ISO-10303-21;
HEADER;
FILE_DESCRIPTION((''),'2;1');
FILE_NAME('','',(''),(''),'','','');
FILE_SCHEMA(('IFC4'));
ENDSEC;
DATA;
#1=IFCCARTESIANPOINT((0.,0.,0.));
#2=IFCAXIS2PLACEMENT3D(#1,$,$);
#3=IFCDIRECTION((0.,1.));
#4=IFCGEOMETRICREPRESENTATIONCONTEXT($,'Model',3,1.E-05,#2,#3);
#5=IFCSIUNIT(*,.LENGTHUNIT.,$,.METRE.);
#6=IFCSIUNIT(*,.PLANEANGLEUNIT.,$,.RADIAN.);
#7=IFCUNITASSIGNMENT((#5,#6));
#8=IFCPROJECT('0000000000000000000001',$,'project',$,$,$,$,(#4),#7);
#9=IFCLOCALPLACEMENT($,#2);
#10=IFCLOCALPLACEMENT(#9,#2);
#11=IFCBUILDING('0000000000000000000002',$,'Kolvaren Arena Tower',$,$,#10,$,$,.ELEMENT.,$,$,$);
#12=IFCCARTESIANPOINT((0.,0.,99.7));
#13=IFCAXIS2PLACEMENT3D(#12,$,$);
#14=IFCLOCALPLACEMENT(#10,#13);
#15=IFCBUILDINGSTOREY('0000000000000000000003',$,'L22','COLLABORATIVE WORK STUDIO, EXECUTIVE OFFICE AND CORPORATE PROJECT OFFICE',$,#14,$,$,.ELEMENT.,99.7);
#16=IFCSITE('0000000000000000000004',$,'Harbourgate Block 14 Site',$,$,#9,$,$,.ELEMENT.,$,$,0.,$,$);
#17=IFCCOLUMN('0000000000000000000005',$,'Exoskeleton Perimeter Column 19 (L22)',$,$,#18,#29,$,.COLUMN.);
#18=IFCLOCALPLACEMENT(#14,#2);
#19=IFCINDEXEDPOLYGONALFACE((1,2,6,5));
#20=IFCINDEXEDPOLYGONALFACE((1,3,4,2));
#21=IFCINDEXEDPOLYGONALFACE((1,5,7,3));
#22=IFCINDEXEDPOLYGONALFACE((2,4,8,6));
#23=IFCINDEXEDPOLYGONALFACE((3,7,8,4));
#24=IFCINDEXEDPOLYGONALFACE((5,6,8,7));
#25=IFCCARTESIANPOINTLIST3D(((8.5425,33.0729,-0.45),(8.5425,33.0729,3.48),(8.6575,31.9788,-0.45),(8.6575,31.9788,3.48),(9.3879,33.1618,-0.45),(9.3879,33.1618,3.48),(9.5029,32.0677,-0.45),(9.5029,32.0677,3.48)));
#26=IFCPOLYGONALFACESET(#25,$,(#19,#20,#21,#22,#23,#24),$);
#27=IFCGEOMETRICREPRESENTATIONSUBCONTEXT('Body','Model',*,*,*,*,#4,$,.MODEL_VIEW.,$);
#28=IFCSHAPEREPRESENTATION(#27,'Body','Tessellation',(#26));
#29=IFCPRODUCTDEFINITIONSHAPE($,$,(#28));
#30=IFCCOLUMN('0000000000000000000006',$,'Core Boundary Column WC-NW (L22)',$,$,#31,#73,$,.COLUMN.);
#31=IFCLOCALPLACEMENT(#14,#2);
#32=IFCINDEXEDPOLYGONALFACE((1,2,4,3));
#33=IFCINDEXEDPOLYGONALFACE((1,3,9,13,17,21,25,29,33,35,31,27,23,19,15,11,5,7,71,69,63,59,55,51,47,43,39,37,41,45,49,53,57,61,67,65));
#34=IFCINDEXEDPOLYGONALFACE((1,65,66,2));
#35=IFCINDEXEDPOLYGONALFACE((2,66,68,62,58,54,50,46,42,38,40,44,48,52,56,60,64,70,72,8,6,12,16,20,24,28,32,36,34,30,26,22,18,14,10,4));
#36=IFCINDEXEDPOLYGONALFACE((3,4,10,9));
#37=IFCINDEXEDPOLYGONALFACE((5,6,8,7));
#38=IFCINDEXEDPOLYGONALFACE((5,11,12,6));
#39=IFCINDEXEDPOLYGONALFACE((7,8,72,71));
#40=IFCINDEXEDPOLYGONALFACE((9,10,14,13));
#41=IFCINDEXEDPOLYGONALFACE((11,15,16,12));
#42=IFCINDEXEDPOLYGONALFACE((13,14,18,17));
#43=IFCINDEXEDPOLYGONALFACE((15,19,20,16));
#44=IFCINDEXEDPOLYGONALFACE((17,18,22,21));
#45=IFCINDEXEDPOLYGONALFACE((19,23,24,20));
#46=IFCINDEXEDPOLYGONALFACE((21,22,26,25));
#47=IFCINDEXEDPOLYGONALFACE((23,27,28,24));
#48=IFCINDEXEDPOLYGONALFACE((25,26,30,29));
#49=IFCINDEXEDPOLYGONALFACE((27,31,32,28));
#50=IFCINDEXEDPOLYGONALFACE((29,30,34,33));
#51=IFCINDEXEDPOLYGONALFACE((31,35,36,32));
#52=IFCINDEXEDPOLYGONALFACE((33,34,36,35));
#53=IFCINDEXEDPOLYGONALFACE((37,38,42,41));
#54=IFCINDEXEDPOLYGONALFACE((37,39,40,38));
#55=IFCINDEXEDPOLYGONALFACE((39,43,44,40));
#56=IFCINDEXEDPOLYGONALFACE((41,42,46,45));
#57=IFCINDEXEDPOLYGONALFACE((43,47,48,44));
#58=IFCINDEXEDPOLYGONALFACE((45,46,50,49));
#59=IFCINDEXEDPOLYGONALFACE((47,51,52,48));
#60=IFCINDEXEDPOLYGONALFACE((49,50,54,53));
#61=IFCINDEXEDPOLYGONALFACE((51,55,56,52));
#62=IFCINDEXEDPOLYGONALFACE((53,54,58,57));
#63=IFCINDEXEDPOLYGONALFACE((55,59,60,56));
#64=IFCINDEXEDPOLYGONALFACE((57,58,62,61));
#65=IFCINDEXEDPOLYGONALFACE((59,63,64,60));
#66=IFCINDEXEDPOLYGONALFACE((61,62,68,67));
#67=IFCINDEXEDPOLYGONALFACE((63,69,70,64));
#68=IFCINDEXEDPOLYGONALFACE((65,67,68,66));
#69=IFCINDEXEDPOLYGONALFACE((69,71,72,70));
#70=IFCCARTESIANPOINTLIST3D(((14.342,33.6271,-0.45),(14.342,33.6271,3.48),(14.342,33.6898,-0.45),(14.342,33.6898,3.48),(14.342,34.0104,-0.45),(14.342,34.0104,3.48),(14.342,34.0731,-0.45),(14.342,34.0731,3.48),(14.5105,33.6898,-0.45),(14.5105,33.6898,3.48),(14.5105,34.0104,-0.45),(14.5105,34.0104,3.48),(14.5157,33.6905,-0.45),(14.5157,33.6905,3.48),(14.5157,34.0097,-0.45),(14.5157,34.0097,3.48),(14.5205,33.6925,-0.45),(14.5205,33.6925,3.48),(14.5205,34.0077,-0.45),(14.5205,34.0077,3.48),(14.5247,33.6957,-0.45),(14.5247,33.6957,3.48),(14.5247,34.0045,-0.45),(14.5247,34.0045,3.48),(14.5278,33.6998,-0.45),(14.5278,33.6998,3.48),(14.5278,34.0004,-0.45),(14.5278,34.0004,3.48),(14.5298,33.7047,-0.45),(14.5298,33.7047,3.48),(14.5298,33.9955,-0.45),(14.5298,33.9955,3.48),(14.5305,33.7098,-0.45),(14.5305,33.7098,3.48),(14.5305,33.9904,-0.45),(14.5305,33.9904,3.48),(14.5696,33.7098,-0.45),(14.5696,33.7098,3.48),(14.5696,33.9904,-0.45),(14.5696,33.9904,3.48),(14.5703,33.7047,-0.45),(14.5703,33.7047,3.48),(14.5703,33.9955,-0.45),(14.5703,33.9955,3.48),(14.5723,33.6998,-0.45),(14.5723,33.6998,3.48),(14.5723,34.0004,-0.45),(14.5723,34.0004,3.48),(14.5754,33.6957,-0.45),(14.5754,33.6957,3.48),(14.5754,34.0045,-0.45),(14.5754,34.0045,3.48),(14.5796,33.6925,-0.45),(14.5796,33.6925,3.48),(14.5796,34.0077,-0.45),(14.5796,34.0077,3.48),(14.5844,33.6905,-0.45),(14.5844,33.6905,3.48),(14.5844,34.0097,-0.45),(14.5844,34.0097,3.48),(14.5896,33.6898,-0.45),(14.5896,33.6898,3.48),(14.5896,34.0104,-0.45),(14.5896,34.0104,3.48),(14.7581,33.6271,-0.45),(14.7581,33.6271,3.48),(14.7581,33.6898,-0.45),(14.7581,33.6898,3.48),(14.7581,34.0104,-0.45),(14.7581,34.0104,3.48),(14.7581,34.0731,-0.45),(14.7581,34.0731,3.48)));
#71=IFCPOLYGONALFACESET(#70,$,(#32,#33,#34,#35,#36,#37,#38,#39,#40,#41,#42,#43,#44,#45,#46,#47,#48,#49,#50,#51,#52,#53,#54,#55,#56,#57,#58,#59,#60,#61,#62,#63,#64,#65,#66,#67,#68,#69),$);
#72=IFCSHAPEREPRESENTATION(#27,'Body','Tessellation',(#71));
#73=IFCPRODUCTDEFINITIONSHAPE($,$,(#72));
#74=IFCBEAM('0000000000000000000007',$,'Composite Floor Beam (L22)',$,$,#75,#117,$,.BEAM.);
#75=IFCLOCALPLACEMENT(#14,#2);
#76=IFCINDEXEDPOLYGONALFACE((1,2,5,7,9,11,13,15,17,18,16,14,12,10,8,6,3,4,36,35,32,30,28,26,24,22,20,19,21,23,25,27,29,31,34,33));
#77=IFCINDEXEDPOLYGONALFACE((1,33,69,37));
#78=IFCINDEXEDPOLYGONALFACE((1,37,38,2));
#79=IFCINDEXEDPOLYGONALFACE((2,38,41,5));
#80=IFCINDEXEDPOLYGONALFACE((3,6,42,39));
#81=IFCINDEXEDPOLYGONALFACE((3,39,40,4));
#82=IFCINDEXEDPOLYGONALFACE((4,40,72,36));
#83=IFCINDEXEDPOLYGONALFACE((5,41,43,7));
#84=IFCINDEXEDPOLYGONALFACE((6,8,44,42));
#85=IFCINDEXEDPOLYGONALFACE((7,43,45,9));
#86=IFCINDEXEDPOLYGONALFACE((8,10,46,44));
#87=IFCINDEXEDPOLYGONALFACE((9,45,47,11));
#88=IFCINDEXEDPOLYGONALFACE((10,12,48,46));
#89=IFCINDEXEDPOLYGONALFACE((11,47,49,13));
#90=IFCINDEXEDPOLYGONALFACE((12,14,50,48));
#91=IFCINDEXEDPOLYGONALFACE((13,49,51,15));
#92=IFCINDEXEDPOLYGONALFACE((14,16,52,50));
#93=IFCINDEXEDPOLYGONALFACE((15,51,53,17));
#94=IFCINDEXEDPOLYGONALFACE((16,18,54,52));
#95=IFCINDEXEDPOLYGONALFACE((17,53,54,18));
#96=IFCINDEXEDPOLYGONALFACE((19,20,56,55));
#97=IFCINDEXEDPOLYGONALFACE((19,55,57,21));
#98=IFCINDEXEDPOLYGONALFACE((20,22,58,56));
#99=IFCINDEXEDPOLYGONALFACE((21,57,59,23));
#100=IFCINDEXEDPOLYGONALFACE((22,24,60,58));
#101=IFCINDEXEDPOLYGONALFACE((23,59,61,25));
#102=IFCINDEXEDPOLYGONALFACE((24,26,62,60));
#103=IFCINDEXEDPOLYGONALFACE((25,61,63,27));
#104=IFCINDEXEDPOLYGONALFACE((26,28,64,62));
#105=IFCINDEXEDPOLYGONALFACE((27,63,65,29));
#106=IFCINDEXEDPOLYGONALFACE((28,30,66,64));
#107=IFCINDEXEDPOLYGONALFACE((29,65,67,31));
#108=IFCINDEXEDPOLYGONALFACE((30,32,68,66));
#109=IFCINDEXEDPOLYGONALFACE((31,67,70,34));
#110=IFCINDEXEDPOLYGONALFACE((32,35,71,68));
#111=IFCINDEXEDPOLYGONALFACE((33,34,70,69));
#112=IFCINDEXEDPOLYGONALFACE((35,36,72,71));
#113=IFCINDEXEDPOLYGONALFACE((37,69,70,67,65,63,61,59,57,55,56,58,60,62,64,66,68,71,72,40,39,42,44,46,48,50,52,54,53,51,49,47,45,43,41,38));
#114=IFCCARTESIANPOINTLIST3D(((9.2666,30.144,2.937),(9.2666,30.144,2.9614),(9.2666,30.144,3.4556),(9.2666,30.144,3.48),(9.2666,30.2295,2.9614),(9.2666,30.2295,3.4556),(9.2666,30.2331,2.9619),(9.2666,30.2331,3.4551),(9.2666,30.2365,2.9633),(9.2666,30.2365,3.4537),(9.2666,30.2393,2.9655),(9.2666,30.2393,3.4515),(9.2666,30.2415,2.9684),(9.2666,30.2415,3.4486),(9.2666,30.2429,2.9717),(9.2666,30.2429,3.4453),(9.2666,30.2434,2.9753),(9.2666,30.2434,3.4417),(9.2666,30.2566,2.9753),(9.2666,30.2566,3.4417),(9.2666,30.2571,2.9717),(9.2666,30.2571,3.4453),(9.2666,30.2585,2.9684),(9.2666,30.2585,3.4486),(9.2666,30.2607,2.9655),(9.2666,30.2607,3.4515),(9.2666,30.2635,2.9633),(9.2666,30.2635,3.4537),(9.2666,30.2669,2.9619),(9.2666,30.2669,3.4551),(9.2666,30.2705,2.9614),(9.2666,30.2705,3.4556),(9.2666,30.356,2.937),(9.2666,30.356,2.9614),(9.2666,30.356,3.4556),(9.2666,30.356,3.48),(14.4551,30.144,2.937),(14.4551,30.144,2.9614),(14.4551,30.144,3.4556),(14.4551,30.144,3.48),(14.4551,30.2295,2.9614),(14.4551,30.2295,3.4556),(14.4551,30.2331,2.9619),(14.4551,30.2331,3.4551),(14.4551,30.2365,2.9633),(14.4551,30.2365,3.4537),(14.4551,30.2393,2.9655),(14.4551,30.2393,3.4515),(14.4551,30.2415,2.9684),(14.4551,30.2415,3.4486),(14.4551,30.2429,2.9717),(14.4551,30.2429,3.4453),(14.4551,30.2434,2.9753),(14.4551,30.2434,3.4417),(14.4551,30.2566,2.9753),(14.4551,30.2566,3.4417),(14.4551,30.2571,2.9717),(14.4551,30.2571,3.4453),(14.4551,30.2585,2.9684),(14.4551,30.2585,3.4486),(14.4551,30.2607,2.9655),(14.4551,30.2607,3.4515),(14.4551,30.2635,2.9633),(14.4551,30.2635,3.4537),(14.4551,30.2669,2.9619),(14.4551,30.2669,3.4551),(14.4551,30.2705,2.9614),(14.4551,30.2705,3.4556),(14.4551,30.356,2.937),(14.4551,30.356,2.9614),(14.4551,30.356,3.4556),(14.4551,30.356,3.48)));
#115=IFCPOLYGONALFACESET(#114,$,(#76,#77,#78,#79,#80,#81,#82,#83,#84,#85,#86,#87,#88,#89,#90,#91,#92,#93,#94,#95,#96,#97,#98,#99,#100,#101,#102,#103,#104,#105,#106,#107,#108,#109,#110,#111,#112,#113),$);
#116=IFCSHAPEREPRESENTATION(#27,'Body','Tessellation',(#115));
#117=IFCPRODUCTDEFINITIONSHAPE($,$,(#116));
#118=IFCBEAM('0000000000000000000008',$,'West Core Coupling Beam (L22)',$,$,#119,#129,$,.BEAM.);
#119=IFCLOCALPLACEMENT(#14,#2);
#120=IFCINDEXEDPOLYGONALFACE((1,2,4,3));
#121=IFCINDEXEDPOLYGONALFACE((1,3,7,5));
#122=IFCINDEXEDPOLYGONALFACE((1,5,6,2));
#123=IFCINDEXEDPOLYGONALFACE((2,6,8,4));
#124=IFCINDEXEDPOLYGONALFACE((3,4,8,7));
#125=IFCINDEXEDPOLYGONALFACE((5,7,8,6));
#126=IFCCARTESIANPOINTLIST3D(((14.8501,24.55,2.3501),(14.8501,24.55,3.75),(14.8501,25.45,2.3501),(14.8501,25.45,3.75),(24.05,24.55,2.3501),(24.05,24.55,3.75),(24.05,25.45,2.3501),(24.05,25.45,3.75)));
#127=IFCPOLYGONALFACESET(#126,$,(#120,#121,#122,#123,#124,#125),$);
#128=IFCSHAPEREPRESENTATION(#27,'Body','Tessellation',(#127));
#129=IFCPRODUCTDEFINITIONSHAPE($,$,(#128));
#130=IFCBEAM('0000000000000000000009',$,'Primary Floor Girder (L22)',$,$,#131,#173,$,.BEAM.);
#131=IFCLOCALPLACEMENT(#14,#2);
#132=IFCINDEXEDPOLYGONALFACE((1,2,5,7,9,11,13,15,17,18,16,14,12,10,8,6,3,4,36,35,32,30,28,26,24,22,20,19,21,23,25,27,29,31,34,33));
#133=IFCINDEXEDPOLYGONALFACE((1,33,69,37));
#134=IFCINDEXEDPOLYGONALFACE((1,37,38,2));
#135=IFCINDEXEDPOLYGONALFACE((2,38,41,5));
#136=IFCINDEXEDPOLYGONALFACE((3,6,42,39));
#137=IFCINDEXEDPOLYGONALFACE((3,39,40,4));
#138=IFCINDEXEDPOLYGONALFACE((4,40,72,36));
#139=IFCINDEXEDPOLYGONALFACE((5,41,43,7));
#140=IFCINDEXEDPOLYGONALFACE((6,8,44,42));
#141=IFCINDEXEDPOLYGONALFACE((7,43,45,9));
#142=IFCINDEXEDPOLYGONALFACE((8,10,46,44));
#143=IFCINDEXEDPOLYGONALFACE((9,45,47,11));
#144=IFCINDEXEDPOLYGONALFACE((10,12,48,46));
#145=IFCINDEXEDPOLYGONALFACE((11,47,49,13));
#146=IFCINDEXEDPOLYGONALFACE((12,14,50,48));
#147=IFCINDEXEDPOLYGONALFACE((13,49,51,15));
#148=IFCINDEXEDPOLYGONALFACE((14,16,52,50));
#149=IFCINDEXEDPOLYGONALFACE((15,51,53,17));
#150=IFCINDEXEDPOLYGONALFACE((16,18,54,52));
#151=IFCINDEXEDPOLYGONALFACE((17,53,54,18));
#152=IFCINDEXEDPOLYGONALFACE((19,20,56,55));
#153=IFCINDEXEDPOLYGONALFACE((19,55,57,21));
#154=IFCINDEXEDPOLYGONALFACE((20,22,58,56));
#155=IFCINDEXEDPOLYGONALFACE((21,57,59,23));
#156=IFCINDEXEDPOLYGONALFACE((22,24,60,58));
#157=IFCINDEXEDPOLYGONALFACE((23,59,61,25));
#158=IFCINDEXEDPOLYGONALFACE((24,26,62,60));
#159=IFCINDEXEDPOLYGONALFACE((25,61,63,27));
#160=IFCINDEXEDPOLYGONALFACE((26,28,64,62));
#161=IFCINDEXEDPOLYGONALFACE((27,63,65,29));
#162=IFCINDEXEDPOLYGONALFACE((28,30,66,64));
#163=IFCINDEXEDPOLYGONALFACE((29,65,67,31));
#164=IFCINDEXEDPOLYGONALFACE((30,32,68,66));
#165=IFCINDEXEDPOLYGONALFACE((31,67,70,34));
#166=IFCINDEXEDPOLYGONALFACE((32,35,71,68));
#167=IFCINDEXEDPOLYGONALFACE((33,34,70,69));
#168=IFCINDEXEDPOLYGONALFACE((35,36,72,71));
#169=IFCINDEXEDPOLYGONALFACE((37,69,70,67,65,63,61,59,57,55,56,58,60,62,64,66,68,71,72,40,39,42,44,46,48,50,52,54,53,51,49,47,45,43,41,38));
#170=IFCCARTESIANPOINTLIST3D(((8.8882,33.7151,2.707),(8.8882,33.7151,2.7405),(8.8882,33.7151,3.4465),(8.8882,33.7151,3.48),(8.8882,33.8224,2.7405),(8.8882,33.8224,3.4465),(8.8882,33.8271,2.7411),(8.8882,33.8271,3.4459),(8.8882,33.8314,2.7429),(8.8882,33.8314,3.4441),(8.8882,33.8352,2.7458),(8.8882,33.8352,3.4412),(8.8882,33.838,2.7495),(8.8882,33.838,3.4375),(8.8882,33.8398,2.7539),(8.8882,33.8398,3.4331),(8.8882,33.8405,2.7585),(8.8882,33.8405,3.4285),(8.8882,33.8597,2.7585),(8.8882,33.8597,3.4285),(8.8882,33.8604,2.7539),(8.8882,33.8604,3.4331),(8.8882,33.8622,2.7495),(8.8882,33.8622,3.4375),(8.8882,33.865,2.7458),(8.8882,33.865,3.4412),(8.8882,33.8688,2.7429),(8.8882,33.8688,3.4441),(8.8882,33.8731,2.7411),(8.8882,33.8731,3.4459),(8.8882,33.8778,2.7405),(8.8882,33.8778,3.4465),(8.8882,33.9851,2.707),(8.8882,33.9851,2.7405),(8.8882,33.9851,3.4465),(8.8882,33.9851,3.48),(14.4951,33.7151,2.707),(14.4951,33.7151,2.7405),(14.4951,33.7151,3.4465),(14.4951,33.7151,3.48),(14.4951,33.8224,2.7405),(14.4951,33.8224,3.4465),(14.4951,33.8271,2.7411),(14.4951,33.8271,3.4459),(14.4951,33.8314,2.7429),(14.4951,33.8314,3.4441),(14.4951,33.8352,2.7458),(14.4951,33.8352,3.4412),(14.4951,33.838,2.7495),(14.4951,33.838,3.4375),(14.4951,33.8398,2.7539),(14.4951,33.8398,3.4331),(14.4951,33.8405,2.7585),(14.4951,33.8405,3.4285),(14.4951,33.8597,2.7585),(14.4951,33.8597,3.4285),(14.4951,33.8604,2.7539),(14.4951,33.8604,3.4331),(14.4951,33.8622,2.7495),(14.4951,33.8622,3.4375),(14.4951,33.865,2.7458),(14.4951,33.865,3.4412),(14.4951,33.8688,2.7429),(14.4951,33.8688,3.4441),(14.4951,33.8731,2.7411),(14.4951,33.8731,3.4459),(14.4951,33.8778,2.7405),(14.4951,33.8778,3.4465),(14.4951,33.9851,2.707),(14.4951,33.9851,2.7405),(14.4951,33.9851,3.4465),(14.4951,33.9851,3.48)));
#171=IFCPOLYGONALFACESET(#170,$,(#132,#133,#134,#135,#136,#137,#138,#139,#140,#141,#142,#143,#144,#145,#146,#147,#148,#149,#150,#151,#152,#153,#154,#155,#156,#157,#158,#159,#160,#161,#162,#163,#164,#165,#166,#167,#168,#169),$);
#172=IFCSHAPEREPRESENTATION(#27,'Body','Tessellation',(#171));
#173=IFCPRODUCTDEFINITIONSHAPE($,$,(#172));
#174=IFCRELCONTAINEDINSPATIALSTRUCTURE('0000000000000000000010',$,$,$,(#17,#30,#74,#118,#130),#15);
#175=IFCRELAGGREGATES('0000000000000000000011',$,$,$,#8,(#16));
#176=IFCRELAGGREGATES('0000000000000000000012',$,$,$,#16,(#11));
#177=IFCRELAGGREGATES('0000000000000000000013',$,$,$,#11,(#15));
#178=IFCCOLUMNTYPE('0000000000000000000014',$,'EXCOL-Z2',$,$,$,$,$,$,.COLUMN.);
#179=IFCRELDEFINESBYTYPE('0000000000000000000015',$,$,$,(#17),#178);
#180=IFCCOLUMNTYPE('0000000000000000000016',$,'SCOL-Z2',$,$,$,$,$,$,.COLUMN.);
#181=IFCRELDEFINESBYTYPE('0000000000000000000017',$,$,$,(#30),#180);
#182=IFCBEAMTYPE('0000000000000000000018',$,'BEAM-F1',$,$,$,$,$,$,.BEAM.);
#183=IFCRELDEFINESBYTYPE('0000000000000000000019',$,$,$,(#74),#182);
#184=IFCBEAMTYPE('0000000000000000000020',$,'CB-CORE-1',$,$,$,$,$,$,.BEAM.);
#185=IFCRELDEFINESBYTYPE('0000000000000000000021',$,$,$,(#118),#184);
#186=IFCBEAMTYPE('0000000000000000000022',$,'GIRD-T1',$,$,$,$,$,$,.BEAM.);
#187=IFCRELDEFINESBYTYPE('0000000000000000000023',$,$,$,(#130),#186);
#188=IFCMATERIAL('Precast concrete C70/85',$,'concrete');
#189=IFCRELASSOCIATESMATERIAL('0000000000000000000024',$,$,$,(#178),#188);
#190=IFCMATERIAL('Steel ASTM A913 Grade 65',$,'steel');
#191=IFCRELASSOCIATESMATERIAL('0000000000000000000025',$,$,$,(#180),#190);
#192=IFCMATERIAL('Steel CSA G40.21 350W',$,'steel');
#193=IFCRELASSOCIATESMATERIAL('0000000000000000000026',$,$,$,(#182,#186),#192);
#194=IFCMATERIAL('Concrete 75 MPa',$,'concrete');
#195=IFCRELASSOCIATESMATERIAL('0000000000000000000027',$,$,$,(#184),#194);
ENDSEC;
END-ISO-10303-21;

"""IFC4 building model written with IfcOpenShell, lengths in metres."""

from ifc_helpers import new_model, si_unit, direction, frame, origin, origin_2d, place, context, subcontext, project, spatial, rectangle, i_section, extrude, material, material_profile, profile_set, type_object, element, save


model = new_model("IFC4")

# Units and contexts
model_context = context("Model", 3, precision=1e-05, world=origin(), true_north=direction((0.0, 1.0)))
body_context = subcontext(model_context, "Body", "Model", "MODEL_VIEW")
ifc_project = project(units=[si_unit("LENGTHUNIT", "METRE"), si_unit("PLANEANGLEUNIT", "RADIAN")], contexts=[model_context])

# Site, building, storey
site_placement = place(None, origin())
site = spatial("IfcSite", under=ifc_project, at=site_placement, Name="Harbourgate Block 14 Site", CompositionType="ELEMENT", RefElevation=0.0)
building_placement = place(site_placement, origin())
building = spatial("IfcBuilding", under=site, at=building_placement, Name="Kolvaren Arena Tower", CompositionType="ELEMENT")
storey_placement = place(building_placement, frame((0.0, 0.0, 99.7)))
storey = spatial("IfcBuildingStorey", under=building, at=storey_placement, Name="L22", Description="COLLABORATIVE WORK STUDIO, EXECUTIVE OFFICE AND CORPORATE PROJECT OFFICE", CompositionType="ELEMENT", Elevation=99.7)

# Columns
ifc_material_1 = material(Name="Precast concrete C70/85", Category="concrete")
ifc_material_profile_1 = material_profile(ifc_material_1, rectangle(XDim=1.1001, YDim=0.8501, at=origin_2d()), Name="RC-1100x850")
ifc_profile_set_1 = profile_set([ifc_material_profile_1], Name="Precast concrete C70/85")
column_type_1 = type_object("IfcColumnType", Name="EXCOL-Z2", PredefinedType="COLUMN", material=ifc_profile_set_1)
column_1_placement = place(storey_placement, frame((9.0227, 32.5703, -0.45), z_axis=(0.0, 0.0, 1.0), x_axis=(-0.104528, 0.994522, 0.0)))
element("IfcColumn", 1, at=column_1_placement, inside=storey, type_object=column_type_1, Name="Exoskeleton Perimeter Column 19 (L22)", PredefinedType="COLUMN", context=body_context, shape_type="SweptSolid", body=[
    extrude(rectangle(XDim=1.1001, YDim=0.8501, at=origin_2d()), origin(), (0.0, 0.0, 1.0), 3.9299),
])
ifc_material_2 = material(Name="Steel ASTM A913 Grade 65", Category="steel")
ifc_material_profile_2 = material_profile(ifc_material_2, i_section(OverallWidth=0.416, OverallDepth=0.446, WebThickness=0.0391, FlangeThickness=0.0627, FilletRadius=0.02, at=origin_2d()), Name="W360x509")
ifc_profile_set_2 = profile_set([ifc_material_profile_2], Name="Steel ASTM A913 Grade 65")
column_type_2 = type_object("IfcColumnType", Name="SCOL-Z2", PredefinedType="COLUMN", material=ifc_profile_set_2)
column_2_placement = place(storey_placement, frame((14.55, 33.8501, -0.45), z_axis=(0.0, 0.0, 1.0), x_axis=(1.0, 0.0, 0.0)))
element("IfcColumn", 2, at=column_2_placement, inside=storey, type_object=column_type_2, Name="Core Boundary Column WC-NW (L22)", PredefinedType="COLUMN", context=body_context, shape_type="SweptSolid", body=[
    extrude(i_section(OverallWidth=0.416, OverallDepth=0.446, WebThickness=0.0391, FlangeThickness=0.0627, FilletRadius=0.02, at=origin_2d()), origin(), (0.0, 0.0, 1.0), 3.9299),
])

# Beams
ifc_material_3 = material(Name="Steel CSA G40.21 350W", Category="steel")
ifc_material_profile_3 = material_profile(ifc_material_3, i_section(OverallWidth=0.2119, OverallDepth=0.543, WebThickness=0.0132, FlangeThickness=0.0244, FilletRadius=0.0139, at=origin_2d()), Name="W530x150")
ifc_profile_set_3 = profile_set([ifc_material_profile_3], Name="Steel CSA G40.21 350W")
beam_type_1 = type_object("IfcBeamType", Name="BEAM-F1", PredefinedType="BEAM", material=ifc_profile_set_3)
beam_1_placement = place(storey_placement, frame((9.2666, 30.25, 3.2085), z_axis=(1.0, 0.0, 0.0), x_axis=(0.0, 1.0, 0.0)))
element("IfcBeam", 3, at=beam_1_placement, inside=storey, type_object=beam_type_1, Name="Composite Floor Beam (L22)", PredefinedType="BEAM", context=body_context, shape_type="SweptSolid", body=[
    extrude(i_section(OverallWidth=0.2119, OverallDepth=0.543, WebThickness=0.0132, FlangeThickness=0.0244, FilletRadius=0.0139, at=origin_2d()), origin(), (0.0, 0.0, 1.0), 5.1885),
])
ifc_material_4 = material(Name="Concrete 75 MPa", Category="concrete")
ifc_material_profile_4 = material_profile(ifc_material_4, rectangle(XDim=0.8999, YDim=1.3999, at=origin_2d()), Name="RC-900x1400")
ifc_profile_set_4 = profile_set([ifc_material_profile_4], Name="Concrete 75 MPa")
beam_type_2 = type_object("IfcBeamType", Name="CB-CORE-1", PredefinedType="BEAM", material=ifc_profile_set_4)
beam_2_placement = place(storey_placement, frame((14.8501, 25.0, 3.05), z_axis=(1.0, 0.0, 0.0), x_axis=(0.0, 1.0, 0.0)))
element("IfcBeam", 4, at=beam_2_placement, inside=storey, type_object=beam_type_2, Name="West Core Coupling Beam (L22)", PredefinedType="BEAM", context=body_context, shape_type="SweptSolid", body=[
    extrude(rectangle(XDim=0.8999, YDim=1.3999, at=origin_2d()), origin(), (0.0, 0.0, 1.0), 9.2),
])
ifc_material_profile_5 = material_profile(ifc_material_3, i_section(OverallWidth=0.27, OverallDepth=0.7729, WebThickness=0.0193, FlangeThickness=0.0334, FilletRadius=0.0181, at=origin_2d()), Name="W760x257")
ifc_profile_set_5 = profile_set([ifc_material_profile_5], Name="Steel CSA G40.21 350W")
beam_type_3 = type_object("IfcBeamType", Name="GIRD-T1", PredefinedType="BEAM", material=ifc_profile_set_5)
beam_3_placement = place(storey_placement, frame((8.8882, 33.8501, 3.0935), z_axis=(1.0, 0.0, 0.0), x_axis=(0.0, 1.0, 0.0)))
element("IfcBeam", 5, at=beam_3_placement, inside=storey, type_object=beam_type_3, Name="Primary Floor Girder (L22)", PredefinedType="BEAM", context=body_context, shape_type="SweptSolid", body=[
    extrude(i_section(OverallWidth=0.27, OverallDepth=0.7729, WebThickness=0.0193, FlangeThickness=0.0334, FilletRadius=0.0181, at=origin_2d()), origin(), (0.0, 0.0, 1.0), 5.6069),
])

save(model, "model.ifc")
